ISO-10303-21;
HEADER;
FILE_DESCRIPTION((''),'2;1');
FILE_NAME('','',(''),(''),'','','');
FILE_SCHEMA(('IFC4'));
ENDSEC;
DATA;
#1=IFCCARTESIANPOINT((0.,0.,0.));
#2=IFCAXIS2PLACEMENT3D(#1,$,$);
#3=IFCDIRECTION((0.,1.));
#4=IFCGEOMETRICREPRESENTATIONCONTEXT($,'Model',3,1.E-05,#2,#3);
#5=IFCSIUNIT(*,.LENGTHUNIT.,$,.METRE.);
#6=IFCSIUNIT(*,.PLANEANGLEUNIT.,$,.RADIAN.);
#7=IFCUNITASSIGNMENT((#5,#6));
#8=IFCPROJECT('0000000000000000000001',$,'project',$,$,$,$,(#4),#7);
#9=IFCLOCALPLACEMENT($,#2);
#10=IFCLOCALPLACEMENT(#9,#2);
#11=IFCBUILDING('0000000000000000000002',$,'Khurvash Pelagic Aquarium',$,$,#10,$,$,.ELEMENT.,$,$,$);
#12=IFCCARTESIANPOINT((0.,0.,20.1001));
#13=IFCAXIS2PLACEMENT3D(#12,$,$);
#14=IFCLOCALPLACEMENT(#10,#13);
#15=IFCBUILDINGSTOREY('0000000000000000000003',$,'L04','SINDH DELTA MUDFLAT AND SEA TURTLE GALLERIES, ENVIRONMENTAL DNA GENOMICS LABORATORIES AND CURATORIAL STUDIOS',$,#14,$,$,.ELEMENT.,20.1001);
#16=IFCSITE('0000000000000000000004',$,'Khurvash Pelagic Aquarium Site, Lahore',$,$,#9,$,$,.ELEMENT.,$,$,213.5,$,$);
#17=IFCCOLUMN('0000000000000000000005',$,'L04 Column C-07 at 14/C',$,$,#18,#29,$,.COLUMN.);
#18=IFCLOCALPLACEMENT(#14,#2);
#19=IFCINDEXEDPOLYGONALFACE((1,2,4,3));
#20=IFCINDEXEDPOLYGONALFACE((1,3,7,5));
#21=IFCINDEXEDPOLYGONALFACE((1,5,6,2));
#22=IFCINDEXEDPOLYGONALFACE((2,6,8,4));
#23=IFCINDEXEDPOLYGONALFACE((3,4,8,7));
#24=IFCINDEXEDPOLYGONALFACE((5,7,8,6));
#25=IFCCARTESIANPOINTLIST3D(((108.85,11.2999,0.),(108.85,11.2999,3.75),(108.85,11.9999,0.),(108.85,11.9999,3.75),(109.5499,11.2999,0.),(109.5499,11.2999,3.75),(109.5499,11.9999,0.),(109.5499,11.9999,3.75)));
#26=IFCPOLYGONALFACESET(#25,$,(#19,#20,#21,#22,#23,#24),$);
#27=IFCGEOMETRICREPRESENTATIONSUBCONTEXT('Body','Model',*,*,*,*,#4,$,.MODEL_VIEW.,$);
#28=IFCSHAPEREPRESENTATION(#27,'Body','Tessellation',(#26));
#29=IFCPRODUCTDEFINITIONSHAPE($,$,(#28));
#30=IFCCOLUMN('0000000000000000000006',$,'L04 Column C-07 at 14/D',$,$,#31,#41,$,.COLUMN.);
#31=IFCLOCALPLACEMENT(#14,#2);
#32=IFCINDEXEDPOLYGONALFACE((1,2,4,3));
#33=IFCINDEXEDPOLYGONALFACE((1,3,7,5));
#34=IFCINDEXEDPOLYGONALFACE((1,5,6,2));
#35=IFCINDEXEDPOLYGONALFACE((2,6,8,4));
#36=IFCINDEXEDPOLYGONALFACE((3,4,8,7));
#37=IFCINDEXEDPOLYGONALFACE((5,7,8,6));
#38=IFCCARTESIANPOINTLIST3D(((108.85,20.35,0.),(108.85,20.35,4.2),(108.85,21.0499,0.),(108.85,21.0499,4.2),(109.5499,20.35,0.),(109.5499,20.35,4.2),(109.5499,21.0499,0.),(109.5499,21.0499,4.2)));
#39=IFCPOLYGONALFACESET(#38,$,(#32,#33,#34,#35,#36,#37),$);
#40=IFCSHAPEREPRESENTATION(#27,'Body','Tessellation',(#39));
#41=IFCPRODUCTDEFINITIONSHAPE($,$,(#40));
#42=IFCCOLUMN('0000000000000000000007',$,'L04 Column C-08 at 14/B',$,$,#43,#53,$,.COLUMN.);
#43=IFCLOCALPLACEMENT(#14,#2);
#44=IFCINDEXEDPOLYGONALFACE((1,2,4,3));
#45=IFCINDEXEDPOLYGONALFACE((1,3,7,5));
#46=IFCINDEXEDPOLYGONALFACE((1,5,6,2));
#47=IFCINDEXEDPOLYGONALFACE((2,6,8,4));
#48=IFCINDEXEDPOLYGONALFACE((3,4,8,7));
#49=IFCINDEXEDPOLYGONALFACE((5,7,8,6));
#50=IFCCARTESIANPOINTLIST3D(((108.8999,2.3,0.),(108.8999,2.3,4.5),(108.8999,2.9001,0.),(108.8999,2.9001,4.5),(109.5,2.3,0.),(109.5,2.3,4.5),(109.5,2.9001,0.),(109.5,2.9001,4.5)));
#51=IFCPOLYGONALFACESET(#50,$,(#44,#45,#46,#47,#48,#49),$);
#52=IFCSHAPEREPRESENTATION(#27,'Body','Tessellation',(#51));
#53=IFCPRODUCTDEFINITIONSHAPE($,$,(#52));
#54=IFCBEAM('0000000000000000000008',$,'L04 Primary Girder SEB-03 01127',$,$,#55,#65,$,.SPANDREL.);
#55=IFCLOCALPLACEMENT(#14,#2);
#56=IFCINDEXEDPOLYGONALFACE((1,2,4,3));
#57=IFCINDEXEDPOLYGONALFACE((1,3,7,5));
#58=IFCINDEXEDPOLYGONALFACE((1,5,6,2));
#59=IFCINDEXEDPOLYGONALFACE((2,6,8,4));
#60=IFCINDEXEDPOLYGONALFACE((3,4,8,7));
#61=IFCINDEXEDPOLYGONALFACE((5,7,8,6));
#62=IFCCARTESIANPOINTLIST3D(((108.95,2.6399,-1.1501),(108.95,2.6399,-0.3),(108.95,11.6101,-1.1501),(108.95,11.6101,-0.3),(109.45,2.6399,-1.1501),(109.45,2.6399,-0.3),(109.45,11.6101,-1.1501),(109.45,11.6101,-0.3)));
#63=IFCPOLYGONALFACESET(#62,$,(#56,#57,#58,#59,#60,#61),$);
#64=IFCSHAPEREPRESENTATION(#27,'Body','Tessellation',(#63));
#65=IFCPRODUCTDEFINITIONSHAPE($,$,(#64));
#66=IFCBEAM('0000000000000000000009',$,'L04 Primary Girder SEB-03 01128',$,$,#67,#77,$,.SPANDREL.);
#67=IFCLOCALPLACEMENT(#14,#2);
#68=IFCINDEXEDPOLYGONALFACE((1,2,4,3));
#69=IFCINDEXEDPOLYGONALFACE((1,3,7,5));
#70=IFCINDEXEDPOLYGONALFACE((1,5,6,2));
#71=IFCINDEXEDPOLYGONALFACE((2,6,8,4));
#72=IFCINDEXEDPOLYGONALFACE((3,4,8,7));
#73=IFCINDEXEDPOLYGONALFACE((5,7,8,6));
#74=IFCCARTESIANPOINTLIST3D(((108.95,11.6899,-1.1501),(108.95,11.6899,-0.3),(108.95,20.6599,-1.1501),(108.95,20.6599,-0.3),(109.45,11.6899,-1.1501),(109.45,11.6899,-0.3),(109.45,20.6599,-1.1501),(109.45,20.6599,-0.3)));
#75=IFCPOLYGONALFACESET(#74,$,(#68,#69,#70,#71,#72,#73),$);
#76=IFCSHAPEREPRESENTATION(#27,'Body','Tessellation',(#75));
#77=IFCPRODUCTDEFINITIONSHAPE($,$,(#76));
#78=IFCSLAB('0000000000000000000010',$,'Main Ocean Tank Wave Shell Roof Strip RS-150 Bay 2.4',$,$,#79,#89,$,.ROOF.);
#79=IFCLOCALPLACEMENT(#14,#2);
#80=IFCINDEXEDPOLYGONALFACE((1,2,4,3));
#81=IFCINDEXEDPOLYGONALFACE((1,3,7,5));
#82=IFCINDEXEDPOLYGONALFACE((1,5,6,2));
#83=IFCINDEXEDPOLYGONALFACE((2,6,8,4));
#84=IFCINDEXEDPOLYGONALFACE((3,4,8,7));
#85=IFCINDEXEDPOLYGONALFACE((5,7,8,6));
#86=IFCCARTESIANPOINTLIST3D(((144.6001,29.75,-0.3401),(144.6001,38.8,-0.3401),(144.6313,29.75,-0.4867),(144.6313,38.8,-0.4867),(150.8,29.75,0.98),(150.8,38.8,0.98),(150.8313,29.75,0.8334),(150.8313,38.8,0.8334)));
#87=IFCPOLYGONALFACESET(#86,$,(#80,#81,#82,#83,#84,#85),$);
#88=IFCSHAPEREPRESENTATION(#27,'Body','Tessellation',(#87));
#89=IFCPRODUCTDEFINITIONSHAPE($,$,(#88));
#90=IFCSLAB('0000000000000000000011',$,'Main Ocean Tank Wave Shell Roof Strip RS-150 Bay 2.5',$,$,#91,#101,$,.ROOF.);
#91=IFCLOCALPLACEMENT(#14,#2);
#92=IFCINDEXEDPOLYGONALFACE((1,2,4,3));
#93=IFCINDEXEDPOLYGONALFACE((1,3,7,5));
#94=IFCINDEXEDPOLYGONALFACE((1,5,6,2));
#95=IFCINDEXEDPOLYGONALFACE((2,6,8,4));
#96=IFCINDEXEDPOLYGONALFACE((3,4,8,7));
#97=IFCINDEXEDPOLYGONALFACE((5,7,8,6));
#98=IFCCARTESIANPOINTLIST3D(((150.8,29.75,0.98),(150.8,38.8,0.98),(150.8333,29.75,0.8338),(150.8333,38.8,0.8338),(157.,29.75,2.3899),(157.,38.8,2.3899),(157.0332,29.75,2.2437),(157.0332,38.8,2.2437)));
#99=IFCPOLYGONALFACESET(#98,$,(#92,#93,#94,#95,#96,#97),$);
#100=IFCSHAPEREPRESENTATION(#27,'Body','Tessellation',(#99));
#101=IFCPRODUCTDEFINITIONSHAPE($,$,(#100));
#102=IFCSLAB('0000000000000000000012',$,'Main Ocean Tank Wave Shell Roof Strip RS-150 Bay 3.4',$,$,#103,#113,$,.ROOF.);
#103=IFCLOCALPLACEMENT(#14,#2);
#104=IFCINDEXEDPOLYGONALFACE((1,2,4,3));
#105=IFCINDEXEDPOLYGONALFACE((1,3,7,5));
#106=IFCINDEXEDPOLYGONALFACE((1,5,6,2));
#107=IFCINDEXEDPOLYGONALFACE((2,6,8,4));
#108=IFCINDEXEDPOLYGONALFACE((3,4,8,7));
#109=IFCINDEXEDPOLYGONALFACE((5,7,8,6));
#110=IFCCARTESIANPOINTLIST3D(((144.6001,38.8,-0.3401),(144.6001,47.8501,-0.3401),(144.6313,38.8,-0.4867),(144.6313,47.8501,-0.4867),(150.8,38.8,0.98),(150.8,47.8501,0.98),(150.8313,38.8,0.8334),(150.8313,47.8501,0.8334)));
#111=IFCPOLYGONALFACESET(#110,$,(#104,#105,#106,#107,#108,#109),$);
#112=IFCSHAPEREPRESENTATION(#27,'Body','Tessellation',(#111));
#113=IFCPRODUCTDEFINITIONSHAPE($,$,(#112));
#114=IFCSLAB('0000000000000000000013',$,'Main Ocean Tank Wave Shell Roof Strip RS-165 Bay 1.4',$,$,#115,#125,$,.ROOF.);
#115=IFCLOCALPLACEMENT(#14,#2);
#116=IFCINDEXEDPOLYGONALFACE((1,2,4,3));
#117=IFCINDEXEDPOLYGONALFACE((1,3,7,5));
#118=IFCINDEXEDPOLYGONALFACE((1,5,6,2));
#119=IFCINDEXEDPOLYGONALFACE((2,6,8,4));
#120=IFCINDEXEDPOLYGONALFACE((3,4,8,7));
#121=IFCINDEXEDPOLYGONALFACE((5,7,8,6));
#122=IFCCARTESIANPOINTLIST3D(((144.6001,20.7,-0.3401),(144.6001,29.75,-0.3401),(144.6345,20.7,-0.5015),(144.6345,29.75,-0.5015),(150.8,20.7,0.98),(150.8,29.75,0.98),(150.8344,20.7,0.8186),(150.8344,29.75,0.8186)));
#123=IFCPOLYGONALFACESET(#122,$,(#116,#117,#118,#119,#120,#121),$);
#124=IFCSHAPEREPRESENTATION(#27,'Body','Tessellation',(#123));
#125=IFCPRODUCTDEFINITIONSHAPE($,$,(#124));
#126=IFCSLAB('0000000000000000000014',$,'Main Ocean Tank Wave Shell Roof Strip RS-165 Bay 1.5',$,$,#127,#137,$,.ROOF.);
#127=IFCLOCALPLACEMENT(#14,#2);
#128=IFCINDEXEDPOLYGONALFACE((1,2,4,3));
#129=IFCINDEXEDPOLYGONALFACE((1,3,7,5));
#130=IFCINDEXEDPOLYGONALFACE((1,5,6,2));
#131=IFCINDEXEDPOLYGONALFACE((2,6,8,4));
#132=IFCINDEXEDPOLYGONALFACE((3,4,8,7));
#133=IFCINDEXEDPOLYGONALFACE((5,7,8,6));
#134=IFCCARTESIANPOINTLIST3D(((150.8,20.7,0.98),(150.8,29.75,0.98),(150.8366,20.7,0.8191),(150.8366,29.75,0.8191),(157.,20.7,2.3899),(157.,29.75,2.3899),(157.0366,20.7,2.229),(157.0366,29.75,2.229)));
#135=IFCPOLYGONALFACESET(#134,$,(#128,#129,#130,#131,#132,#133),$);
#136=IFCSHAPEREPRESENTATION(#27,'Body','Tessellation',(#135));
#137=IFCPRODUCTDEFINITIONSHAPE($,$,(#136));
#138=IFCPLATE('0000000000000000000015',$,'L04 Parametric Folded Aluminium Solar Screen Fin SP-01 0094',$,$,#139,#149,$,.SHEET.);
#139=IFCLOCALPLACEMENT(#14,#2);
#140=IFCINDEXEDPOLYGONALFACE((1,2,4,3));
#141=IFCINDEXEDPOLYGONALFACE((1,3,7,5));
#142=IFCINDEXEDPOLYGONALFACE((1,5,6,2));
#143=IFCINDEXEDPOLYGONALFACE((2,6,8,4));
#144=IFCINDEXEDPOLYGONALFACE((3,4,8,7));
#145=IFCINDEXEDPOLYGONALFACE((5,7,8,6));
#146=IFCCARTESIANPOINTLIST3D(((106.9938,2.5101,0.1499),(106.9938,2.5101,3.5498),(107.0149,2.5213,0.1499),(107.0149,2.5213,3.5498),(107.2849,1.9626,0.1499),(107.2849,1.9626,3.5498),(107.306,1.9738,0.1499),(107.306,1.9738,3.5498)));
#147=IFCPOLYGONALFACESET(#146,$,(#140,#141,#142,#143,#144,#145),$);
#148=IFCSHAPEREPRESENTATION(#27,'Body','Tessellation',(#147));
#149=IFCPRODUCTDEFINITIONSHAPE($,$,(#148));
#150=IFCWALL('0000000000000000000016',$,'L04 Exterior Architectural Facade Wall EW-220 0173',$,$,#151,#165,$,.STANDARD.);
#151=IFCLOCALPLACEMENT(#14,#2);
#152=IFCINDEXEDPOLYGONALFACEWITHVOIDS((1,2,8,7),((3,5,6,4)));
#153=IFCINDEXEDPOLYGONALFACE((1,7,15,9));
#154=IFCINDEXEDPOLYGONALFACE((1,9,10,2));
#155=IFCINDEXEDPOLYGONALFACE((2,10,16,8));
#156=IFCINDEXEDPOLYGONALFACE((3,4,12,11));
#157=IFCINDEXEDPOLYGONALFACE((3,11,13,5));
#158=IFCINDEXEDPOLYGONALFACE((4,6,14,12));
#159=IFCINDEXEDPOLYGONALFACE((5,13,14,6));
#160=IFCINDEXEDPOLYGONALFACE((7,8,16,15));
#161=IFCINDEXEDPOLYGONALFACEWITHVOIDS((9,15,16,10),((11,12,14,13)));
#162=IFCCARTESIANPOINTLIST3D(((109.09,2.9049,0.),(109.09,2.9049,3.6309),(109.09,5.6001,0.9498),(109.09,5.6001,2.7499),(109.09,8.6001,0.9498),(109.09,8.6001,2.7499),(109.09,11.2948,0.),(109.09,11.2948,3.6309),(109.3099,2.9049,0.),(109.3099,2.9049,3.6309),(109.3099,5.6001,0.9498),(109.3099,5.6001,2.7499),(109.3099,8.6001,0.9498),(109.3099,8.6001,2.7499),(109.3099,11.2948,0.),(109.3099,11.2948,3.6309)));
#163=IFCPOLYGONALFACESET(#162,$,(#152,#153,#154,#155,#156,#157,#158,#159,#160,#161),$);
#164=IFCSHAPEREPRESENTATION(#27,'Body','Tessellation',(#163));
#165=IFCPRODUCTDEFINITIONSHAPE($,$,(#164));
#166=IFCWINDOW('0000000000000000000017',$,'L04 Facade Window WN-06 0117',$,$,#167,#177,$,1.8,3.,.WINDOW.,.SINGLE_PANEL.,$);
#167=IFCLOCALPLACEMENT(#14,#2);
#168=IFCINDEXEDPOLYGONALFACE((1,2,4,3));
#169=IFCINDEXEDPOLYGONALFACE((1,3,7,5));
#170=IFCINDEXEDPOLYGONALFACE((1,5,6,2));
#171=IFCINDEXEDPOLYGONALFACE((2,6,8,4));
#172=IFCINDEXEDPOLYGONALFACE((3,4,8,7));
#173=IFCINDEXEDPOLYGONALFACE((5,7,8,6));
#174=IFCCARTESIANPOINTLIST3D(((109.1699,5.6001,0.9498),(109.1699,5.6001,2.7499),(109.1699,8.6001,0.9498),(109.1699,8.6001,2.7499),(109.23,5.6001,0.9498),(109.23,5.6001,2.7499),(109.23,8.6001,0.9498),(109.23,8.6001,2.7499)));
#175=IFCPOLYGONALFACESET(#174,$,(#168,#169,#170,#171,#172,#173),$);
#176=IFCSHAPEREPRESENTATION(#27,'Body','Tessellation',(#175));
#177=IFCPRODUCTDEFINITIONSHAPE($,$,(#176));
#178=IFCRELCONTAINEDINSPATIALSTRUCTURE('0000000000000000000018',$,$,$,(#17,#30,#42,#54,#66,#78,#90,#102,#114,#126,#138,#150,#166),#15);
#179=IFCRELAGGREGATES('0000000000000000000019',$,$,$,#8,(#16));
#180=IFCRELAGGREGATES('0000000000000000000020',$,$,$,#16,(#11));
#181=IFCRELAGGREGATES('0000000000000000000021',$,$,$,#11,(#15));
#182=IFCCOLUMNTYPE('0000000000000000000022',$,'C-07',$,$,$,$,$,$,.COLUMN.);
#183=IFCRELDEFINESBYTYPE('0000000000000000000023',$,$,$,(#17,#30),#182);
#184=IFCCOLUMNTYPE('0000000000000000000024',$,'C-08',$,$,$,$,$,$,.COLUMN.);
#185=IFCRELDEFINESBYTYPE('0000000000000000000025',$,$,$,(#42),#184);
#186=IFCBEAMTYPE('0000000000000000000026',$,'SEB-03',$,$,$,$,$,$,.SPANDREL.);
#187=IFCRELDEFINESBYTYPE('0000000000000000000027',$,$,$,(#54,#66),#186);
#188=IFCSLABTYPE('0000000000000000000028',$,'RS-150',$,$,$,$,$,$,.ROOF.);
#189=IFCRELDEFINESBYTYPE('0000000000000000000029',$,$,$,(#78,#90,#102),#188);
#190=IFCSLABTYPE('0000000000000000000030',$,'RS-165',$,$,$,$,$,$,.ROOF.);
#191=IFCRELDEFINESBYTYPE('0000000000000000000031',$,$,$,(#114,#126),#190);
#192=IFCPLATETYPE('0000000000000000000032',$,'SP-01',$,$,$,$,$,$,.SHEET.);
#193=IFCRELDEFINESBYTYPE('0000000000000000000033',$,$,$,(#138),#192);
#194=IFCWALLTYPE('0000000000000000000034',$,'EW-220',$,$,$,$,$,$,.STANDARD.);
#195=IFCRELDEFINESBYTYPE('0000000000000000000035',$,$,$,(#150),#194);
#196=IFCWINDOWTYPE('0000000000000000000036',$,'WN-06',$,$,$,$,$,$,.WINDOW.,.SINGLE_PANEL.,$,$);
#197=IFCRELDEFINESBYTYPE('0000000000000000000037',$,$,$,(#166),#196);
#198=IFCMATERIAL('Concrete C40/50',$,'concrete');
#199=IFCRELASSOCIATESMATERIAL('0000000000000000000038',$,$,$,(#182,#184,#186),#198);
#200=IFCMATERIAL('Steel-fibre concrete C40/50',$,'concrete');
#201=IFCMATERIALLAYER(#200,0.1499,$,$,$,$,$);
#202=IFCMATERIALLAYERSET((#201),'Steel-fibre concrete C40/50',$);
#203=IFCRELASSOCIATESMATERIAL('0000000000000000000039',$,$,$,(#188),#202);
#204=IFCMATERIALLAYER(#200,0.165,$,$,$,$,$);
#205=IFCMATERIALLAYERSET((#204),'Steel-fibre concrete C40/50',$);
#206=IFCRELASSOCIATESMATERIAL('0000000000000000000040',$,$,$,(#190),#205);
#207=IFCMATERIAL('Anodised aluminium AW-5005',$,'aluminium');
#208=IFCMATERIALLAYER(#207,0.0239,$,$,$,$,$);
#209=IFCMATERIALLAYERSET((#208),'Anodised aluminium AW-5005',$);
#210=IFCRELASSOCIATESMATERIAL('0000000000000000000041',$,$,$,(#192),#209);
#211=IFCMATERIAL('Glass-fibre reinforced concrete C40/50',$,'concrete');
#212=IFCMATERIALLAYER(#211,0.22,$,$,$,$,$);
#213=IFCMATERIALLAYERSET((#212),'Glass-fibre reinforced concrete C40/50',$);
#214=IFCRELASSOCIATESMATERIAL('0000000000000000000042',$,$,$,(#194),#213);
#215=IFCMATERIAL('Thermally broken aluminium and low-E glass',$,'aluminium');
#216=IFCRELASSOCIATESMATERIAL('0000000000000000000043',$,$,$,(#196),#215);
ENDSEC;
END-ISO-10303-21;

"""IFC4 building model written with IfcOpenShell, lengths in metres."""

from ifc_helpers import new_model, si_unit, direction, frame, frame_2d, origin, origin_2d, place, context, subcontext, project, spatial, polyline, rectangle, outline, extrude, material, layer, layer_set, material_profile, profile_set, type_object, element, fill, save


model = new_model("IFC4")

# Units and contexts
model_context = context("Model", 3, precision=1e-05, world=origin(), true_north=direction((0.0, 1.0)))
body_context = subcontext(model_context, "Body", "Model", "MODEL_VIEW")
ifc_project = project(units=[si_unit("LENGTHUNIT", "METRE"), si_unit("PLANEANGLEUNIT", "RADIAN")], contexts=[model_context])

# Site, building, storey
site_placement = place(None, origin())
site = spatial("IfcSite", under=ifc_project, at=site_placement, Name="Khurvash Pelagic Aquarium Site, Lahore", CompositionType="ELEMENT", RefElevation=213.5)
building_placement = place(site_placement, origin())
building = spatial("IfcBuilding", under=site, at=building_placement, Name="Khurvash Pelagic Aquarium", CompositionType="ELEMENT")
storey_placement = place(building_placement, frame((0.0, 0.0, 20.1001)))
storey = spatial("IfcBuildingStorey", under=building, at=storey_placement, Name="L04", Description="SINDH DELTA MUDFLAT AND SEA TURTLE GALLERIES, ENVIRONMENTAL DNA GENOMICS LABORATORIES AND CURATORIAL STUDIOS", CompositionType="ELEMENT", Elevation=20.1001)

# Columns
ifc_material_1 = material(Name="Concrete C40/50", Category="concrete")
ifc_material_profile_1 = material_profile(ifc_material_1, rectangle(XDim=0.7, YDim=0.7, at=origin_2d()), Name="RC700X700")
ifc_profile_set_1 = profile_set([ifc_material_profile_1], Name="Concrete C40/50")
column_type_1 = type_object("IfcColumnType", Name="C-07", PredefinedType="COLUMN", material=ifc_profile_set_1)
column_1_placement = place(storey_placement, frame((109.2, 11.6499, 0.0), z_axis=(0.0, 0.0, 1.0), x_axis=(1.0, 0.0, 0.0)))
element("IfcColumn", 1, at=column_1_placement, inside=storey, type_object=column_type_1, Name="L04 Column C-07 at 14/C", PredefinedType="COLUMN", context=body_context, shape_type="SweptSolid", body=[
    extrude(rectangle(XDim=0.7, YDim=0.7, at=origin_2d()), origin(), (0.0, 0.0, 1.0), 3.75),
])
column_2_placement = place(storey_placement, frame((109.2, 20.7, 0.0), z_axis=(0.0, 0.0, 1.0), x_axis=(1.0, 0.0, 0.0)))
element("IfcColumn", 2, at=column_2_placement, inside=storey, type_object=column_type_1, Name="L04 Column C-07 at 14/D", PredefinedType="COLUMN", context=body_context, shape_type="SweptSolid", body=[
    extrude(rectangle(XDim=0.7, YDim=0.7, at=origin_2d()), origin(), (0.0, 0.0, 1.0), 4.2),
])
ifc_material_profile_2 = material_profile(ifc_material_1, rectangle(XDim=0.6001, YDim=0.6001, at=origin_2d()), Name="RC600X600")
ifc_profile_set_2 = profile_set([ifc_material_profile_2], Name="Concrete C40/50")
column_type_2 = type_object("IfcColumnType", Name="C-08", PredefinedType="COLUMN", material=ifc_profile_set_2)
column_3_placement = place(storey_placement, frame((109.2, 2.6001, 0.0), z_axis=(0.0, 0.0, 1.0), x_axis=(1.0, 0.0, 0.0)))
element("IfcColumn", 3, at=column_3_placement, inside=storey, type_object=column_type_2, Name="L04 Column C-08 at 14/B", PredefinedType="COLUMN", context=body_context, shape_type="SweptSolid", body=[
    extrude(rectangle(XDim=0.6001, YDim=0.6001, at=origin_2d()), origin(), (0.0, 0.0, 1.0), 4.5),
])

# Beams
ifc_material_profile_3 = material_profile(ifc_material_1, rectangle(XDim=0.5, YDim=0.8501, at=origin_2d()), Name="RC500X850")
ifc_profile_set_3 = profile_set([ifc_material_profile_3], Name="Concrete C40/50")
beam_type = type_object("IfcBeamType", Name="SEB-03", PredefinedType="SPANDREL", material=ifc_profile_set_3)
beam_1_placement = place(storey_placement, frame((109.2, 2.6399, -0.7251), z_axis=(0.0, 1.0, 0.0), x_axis=(-1.0, 0.0, 0.0)))
element("IfcBeam", 4, at=beam_1_placement, inside=storey, type_object=beam_type, Name="L04 Primary Girder SEB-03 01127", PredefinedType="SPANDREL", context=body_context, shape_type="SweptSolid", body=[
    extrude(rectangle(XDim=0.5, YDim=0.8501, at=origin_2d()), origin(), (0.0, 0.0, 1.0), 8.9702),
])
beam_2_placement = place(storey_placement, frame((109.2, 11.6899, -0.7251), z_axis=(0.0, 1.0, 0.0), x_axis=(-1.0, 0.0, 0.0)))
element("IfcBeam", 5, at=beam_2_placement, inside=storey, type_object=beam_type, Name="L04 Primary Girder SEB-03 01128", PredefinedType="SPANDREL", context=body_context, shape_type="SweptSolid", body=[
    extrude(rectangle(XDim=0.5, YDim=0.8501, at=origin_2d()), origin(), (0.0, 0.0, 1.0), 8.97),
])

# Slabs
ifc_material_2 = material(Name="Steel-fibre concrete C40/50", Category="concrete")
ifc_layer_1 = layer(ifc_material_2, 0.1499)
ifc_layer_set_1 = layer_set([ifc_layer_1], Name="Steel-fibre concrete C40/50")
slab_type_1 = type_object("IfcSlabType", Name="RS-150", PredefinedType="ROOF", material=ifc_layer_set_1)
slab_1_placement = place(storey_placement, frame((144.6001, 29.75, -0.3401), z_axis=(-0.208248, 0.0, 0.978076), x_axis=(0.978076, 0.0, 0.208248)))
element("IfcSlab", 6, at=slab_1_placement, inside=storey, type_object=slab_type_1, Name="Main Ocean Tank Wave Shell Roof Strip RS-150 Bay 2.4", PredefinedType="ROOF", context=body_context, shape_type="SweptSolid", body=[
    extrude(outline(polyline([(0.0, 0.0), (6.3389, 0.0), (6.3389, 9.05), (0.0, 9.05), (0.0, 0.0)])), origin(), (0.0, 0.0, -1.0), 0.1499),
])
slab_2_placement = place(storey_placement, frame((150.8, 29.75, 0.98), z_axis=(-0.221746, 0.0, 0.975105), x_axis=(0.975105, 0.0, 0.221746)))
element("IfcSlab", 7, at=slab_2_placement, inside=storey, type_object=slab_type_1, Name="Main Ocean Tank Wave Shell Roof Strip RS-150 Bay 2.5", PredefinedType="ROOF", context=body_context, shape_type="SweptSolid", body=[
    extrude(outline(polyline([(0.0, 0.0), (6.3582, 0.0), (6.3582, 9.05), (0.0, 9.05), (0.0, 0.0)])), origin(), (0.0, 0.0, -1.0), 0.1499),
])
slab_3_placement = place(storey_placement, frame((144.6001, 38.8, -0.3401), z_axis=(-0.208248, 0.0, 0.978076), x_axis=(0.978076, 0.0, 0.208248)))
element("IfcSlab", 8, at=slab_3_placement, inside=storey, type_object=slab_type_1, Name="Main Ocean Tank Wave Shell Roof Strip RS-150 Bay 3.4", PredefinedType="ROOF", context=body_context, shape_type="SweptSolid", body=[
    extrude(outline(polyline([(0.0, 0.0), (6.3389, 0.0), (6.3389, 9.05), (0.0, 9.05), (0.0, 0.0)])), origin(), (0.0, 0.0, -1.0), 0.1499),
])
ifc_layer_2 = layer(ifc_material_2, 0.165)
ifc_layer_set_2 = layer_set([ifc_layer_2], Name="Steel-fibre concrete C40/50")
slab_type_2 = type_object("IfcSlabType", Name="RS-165", PredefinedType="ROOF", material=ifc_layer_set_2)
slab_4_placement = place(storey_placement, frame((144.6001, 20.7, -0.3401), z_axis=(-0.208248, 0.0, 0.978076), x_axis=(0.978076, 0.0, 0.208248)))
element("IfcSlab", 9, at=slab_4_placement, inside=storey, type_object=slab_type_2, Name="Main Ocean Tank Wave Shell Roof Strip RS-165 Bay 1.4", PredefinedType="ROOF", context=body_context, shape_type="SweptSolid", body=[
    extrude(outline(polyline([(0.0, 0.0), (6.3389, 0.0), (6.3389, 9.05), (0.0, 9.05), (0.0, 0.0)])), origin(), (0.0, 0.0, -1.0), 0.165),
])
slab_5_placement = place(storey_placement, frame((150.8, 20.7, 0.98), z_axis=(-0.221746, 0.0, 0.975105), x_axis=(0.975105, 0.0, 0.221746)))
element("IfcSlab", 10, at=slab_5_placement, inside=storey, type_object=slab_type_2, Name="Main Ocean Tank Wave Shell Roof Strip RS-165 Bay 1.5", PredefinedType="ROOF", context=body_context, shape_type="SweptSolid", body=[
    extrude(outline(polyline([(0.0, 0.0), (6.3582, 0.0), (6.3582, 9.05), (0.0, 9.05), (0.0, 0.0)])), origin(), (0.0, 0.0, -1.0), 0.165),
])

# Plate
ifc_material_3 = material(Name="Anodised aluminium AW-5005", Category="aluminium")
ifc_layer_3 = layer(ifc_material_3, 0.0239)
ifc_layer_set_3 = layer_set([ifc_layer_3], Name="Anodised aluminium AW-5005")
plate_type = type_object("IfcPlateType", Name="SP-01", PredefinedType="SHEET", material=ifc_layer_set_3)
plate_placement = place(storey_placement, frame((107.1499, 2.2419, 0.1499), z_axis=(0.0, 0.0, 1.0), x_axis=(0.469472, -0.882948, 0.0)))
element("IfcPlate", 11, at=plate_placement, inside=storey, type_object=plate_type, Name="L04 Parametric Folded Aluminium Solar Screen Fin SP-01 0094", PredefinedType="SHEET", context=body_context, shape_type="SweptSolid", body=[
    extrude(rectangle(XDim=0.6201, YDim=0.0239, at=origin_2d()), origin(), (0.0, 0.0, 1.0), 3.3999),
])

# Wall, opening, window
ifc_material_4 = material(Name="Glass-fibre reinforced concrete C40/50", Category="concrete")
ifc_layer_4 = layer(ifc_material_4, 0.22)
ifc_layer_set_4 = layer_set([ifc_layer_4], Name="Glass-fibre reinforced concrete C40/50")
wall_type_1 = type_object("IfcWallType", Name="EW-220", PredefinedType="STANDARD", material=ifc_layer_set_4)
wall_1_placement = place(storey_placement, frame((109.2, 2.905, 0.0), z_axis=(0.0, 0.0, 1.0), x_axis=(0.0, 1.0, 0.0)))
wall_1 = element("IfcWall", 12, at=wall_1_placement, inside=storey, type_object=wall_type_1, Name="L04 Exterior Architectural Facade Wall EW-220 0173", PredefinedType="STANDARD", context=body_context, shape_type="SweptSolid", body=[
    extrude(rectangle(XDim=8.3899, YDim=0.22, at=frame_2d((4.1948, 0.0))), origin(), (0.0, 0.0, 1.0), 3.6309),
])
opening_1_placement = place(wall_1_placement, frame((2.6951, 0.0, 0.95)))
opening_1 = element("IfcOpeningElement", 13, at=opening_1_placement, cuts=wall_1, PredefinedType="OPENING", context=body_context, shape_type="SweptSolid", body=[
    extrude(rectangle(XDim=3.0, YDim=1.8, at=frame_2d((1.5, 0.8999))), frame((0.0, 0.1201, 0.0), z_axis=(0.0, -1.0, 0.0), x_axis=(1.0, 0.0, 0.0)), (0.0, 0.0, 1.0), 0.24),
])
ifc_material_5 = material(Name="Thermally broken aluminium and low-E glass", Category="aluminium")
window_type_1 = type_object("IfcWindowType", Name="WN-06", PartitioningType="SINGLE_PANEL", PredefinedType="WINDOW", material=ifc_material_5)
window_1_placement = place(opening_1_placement, origin())
window_1 = element("IfcWindow", 14, at=window_1_placement, inside=storey, type_object=window_type_1, Name="L04 Facade Window WN-06 0117", OverallHeight=1.8, OverallWidth=3.0, PartitioningType="SINGLE_PANEL", PredefinedType="WINDOW", context=body_context, shape_type="SweptSolid", body=[
    extrude(rectangle(XDim=3.0, YDim=1.8, at=frame_2d((1.5, 0.8999))), frame((0.0, 0.03, 0.0), z_axis=(0.0, -1.0, 0.0), x_axis=(1.0, 0.0, 0.0)), (0.0, 0.0, 1.0), 0.0601),
])
fill(opening_1, window_1)

save(model, "model.ifc")
